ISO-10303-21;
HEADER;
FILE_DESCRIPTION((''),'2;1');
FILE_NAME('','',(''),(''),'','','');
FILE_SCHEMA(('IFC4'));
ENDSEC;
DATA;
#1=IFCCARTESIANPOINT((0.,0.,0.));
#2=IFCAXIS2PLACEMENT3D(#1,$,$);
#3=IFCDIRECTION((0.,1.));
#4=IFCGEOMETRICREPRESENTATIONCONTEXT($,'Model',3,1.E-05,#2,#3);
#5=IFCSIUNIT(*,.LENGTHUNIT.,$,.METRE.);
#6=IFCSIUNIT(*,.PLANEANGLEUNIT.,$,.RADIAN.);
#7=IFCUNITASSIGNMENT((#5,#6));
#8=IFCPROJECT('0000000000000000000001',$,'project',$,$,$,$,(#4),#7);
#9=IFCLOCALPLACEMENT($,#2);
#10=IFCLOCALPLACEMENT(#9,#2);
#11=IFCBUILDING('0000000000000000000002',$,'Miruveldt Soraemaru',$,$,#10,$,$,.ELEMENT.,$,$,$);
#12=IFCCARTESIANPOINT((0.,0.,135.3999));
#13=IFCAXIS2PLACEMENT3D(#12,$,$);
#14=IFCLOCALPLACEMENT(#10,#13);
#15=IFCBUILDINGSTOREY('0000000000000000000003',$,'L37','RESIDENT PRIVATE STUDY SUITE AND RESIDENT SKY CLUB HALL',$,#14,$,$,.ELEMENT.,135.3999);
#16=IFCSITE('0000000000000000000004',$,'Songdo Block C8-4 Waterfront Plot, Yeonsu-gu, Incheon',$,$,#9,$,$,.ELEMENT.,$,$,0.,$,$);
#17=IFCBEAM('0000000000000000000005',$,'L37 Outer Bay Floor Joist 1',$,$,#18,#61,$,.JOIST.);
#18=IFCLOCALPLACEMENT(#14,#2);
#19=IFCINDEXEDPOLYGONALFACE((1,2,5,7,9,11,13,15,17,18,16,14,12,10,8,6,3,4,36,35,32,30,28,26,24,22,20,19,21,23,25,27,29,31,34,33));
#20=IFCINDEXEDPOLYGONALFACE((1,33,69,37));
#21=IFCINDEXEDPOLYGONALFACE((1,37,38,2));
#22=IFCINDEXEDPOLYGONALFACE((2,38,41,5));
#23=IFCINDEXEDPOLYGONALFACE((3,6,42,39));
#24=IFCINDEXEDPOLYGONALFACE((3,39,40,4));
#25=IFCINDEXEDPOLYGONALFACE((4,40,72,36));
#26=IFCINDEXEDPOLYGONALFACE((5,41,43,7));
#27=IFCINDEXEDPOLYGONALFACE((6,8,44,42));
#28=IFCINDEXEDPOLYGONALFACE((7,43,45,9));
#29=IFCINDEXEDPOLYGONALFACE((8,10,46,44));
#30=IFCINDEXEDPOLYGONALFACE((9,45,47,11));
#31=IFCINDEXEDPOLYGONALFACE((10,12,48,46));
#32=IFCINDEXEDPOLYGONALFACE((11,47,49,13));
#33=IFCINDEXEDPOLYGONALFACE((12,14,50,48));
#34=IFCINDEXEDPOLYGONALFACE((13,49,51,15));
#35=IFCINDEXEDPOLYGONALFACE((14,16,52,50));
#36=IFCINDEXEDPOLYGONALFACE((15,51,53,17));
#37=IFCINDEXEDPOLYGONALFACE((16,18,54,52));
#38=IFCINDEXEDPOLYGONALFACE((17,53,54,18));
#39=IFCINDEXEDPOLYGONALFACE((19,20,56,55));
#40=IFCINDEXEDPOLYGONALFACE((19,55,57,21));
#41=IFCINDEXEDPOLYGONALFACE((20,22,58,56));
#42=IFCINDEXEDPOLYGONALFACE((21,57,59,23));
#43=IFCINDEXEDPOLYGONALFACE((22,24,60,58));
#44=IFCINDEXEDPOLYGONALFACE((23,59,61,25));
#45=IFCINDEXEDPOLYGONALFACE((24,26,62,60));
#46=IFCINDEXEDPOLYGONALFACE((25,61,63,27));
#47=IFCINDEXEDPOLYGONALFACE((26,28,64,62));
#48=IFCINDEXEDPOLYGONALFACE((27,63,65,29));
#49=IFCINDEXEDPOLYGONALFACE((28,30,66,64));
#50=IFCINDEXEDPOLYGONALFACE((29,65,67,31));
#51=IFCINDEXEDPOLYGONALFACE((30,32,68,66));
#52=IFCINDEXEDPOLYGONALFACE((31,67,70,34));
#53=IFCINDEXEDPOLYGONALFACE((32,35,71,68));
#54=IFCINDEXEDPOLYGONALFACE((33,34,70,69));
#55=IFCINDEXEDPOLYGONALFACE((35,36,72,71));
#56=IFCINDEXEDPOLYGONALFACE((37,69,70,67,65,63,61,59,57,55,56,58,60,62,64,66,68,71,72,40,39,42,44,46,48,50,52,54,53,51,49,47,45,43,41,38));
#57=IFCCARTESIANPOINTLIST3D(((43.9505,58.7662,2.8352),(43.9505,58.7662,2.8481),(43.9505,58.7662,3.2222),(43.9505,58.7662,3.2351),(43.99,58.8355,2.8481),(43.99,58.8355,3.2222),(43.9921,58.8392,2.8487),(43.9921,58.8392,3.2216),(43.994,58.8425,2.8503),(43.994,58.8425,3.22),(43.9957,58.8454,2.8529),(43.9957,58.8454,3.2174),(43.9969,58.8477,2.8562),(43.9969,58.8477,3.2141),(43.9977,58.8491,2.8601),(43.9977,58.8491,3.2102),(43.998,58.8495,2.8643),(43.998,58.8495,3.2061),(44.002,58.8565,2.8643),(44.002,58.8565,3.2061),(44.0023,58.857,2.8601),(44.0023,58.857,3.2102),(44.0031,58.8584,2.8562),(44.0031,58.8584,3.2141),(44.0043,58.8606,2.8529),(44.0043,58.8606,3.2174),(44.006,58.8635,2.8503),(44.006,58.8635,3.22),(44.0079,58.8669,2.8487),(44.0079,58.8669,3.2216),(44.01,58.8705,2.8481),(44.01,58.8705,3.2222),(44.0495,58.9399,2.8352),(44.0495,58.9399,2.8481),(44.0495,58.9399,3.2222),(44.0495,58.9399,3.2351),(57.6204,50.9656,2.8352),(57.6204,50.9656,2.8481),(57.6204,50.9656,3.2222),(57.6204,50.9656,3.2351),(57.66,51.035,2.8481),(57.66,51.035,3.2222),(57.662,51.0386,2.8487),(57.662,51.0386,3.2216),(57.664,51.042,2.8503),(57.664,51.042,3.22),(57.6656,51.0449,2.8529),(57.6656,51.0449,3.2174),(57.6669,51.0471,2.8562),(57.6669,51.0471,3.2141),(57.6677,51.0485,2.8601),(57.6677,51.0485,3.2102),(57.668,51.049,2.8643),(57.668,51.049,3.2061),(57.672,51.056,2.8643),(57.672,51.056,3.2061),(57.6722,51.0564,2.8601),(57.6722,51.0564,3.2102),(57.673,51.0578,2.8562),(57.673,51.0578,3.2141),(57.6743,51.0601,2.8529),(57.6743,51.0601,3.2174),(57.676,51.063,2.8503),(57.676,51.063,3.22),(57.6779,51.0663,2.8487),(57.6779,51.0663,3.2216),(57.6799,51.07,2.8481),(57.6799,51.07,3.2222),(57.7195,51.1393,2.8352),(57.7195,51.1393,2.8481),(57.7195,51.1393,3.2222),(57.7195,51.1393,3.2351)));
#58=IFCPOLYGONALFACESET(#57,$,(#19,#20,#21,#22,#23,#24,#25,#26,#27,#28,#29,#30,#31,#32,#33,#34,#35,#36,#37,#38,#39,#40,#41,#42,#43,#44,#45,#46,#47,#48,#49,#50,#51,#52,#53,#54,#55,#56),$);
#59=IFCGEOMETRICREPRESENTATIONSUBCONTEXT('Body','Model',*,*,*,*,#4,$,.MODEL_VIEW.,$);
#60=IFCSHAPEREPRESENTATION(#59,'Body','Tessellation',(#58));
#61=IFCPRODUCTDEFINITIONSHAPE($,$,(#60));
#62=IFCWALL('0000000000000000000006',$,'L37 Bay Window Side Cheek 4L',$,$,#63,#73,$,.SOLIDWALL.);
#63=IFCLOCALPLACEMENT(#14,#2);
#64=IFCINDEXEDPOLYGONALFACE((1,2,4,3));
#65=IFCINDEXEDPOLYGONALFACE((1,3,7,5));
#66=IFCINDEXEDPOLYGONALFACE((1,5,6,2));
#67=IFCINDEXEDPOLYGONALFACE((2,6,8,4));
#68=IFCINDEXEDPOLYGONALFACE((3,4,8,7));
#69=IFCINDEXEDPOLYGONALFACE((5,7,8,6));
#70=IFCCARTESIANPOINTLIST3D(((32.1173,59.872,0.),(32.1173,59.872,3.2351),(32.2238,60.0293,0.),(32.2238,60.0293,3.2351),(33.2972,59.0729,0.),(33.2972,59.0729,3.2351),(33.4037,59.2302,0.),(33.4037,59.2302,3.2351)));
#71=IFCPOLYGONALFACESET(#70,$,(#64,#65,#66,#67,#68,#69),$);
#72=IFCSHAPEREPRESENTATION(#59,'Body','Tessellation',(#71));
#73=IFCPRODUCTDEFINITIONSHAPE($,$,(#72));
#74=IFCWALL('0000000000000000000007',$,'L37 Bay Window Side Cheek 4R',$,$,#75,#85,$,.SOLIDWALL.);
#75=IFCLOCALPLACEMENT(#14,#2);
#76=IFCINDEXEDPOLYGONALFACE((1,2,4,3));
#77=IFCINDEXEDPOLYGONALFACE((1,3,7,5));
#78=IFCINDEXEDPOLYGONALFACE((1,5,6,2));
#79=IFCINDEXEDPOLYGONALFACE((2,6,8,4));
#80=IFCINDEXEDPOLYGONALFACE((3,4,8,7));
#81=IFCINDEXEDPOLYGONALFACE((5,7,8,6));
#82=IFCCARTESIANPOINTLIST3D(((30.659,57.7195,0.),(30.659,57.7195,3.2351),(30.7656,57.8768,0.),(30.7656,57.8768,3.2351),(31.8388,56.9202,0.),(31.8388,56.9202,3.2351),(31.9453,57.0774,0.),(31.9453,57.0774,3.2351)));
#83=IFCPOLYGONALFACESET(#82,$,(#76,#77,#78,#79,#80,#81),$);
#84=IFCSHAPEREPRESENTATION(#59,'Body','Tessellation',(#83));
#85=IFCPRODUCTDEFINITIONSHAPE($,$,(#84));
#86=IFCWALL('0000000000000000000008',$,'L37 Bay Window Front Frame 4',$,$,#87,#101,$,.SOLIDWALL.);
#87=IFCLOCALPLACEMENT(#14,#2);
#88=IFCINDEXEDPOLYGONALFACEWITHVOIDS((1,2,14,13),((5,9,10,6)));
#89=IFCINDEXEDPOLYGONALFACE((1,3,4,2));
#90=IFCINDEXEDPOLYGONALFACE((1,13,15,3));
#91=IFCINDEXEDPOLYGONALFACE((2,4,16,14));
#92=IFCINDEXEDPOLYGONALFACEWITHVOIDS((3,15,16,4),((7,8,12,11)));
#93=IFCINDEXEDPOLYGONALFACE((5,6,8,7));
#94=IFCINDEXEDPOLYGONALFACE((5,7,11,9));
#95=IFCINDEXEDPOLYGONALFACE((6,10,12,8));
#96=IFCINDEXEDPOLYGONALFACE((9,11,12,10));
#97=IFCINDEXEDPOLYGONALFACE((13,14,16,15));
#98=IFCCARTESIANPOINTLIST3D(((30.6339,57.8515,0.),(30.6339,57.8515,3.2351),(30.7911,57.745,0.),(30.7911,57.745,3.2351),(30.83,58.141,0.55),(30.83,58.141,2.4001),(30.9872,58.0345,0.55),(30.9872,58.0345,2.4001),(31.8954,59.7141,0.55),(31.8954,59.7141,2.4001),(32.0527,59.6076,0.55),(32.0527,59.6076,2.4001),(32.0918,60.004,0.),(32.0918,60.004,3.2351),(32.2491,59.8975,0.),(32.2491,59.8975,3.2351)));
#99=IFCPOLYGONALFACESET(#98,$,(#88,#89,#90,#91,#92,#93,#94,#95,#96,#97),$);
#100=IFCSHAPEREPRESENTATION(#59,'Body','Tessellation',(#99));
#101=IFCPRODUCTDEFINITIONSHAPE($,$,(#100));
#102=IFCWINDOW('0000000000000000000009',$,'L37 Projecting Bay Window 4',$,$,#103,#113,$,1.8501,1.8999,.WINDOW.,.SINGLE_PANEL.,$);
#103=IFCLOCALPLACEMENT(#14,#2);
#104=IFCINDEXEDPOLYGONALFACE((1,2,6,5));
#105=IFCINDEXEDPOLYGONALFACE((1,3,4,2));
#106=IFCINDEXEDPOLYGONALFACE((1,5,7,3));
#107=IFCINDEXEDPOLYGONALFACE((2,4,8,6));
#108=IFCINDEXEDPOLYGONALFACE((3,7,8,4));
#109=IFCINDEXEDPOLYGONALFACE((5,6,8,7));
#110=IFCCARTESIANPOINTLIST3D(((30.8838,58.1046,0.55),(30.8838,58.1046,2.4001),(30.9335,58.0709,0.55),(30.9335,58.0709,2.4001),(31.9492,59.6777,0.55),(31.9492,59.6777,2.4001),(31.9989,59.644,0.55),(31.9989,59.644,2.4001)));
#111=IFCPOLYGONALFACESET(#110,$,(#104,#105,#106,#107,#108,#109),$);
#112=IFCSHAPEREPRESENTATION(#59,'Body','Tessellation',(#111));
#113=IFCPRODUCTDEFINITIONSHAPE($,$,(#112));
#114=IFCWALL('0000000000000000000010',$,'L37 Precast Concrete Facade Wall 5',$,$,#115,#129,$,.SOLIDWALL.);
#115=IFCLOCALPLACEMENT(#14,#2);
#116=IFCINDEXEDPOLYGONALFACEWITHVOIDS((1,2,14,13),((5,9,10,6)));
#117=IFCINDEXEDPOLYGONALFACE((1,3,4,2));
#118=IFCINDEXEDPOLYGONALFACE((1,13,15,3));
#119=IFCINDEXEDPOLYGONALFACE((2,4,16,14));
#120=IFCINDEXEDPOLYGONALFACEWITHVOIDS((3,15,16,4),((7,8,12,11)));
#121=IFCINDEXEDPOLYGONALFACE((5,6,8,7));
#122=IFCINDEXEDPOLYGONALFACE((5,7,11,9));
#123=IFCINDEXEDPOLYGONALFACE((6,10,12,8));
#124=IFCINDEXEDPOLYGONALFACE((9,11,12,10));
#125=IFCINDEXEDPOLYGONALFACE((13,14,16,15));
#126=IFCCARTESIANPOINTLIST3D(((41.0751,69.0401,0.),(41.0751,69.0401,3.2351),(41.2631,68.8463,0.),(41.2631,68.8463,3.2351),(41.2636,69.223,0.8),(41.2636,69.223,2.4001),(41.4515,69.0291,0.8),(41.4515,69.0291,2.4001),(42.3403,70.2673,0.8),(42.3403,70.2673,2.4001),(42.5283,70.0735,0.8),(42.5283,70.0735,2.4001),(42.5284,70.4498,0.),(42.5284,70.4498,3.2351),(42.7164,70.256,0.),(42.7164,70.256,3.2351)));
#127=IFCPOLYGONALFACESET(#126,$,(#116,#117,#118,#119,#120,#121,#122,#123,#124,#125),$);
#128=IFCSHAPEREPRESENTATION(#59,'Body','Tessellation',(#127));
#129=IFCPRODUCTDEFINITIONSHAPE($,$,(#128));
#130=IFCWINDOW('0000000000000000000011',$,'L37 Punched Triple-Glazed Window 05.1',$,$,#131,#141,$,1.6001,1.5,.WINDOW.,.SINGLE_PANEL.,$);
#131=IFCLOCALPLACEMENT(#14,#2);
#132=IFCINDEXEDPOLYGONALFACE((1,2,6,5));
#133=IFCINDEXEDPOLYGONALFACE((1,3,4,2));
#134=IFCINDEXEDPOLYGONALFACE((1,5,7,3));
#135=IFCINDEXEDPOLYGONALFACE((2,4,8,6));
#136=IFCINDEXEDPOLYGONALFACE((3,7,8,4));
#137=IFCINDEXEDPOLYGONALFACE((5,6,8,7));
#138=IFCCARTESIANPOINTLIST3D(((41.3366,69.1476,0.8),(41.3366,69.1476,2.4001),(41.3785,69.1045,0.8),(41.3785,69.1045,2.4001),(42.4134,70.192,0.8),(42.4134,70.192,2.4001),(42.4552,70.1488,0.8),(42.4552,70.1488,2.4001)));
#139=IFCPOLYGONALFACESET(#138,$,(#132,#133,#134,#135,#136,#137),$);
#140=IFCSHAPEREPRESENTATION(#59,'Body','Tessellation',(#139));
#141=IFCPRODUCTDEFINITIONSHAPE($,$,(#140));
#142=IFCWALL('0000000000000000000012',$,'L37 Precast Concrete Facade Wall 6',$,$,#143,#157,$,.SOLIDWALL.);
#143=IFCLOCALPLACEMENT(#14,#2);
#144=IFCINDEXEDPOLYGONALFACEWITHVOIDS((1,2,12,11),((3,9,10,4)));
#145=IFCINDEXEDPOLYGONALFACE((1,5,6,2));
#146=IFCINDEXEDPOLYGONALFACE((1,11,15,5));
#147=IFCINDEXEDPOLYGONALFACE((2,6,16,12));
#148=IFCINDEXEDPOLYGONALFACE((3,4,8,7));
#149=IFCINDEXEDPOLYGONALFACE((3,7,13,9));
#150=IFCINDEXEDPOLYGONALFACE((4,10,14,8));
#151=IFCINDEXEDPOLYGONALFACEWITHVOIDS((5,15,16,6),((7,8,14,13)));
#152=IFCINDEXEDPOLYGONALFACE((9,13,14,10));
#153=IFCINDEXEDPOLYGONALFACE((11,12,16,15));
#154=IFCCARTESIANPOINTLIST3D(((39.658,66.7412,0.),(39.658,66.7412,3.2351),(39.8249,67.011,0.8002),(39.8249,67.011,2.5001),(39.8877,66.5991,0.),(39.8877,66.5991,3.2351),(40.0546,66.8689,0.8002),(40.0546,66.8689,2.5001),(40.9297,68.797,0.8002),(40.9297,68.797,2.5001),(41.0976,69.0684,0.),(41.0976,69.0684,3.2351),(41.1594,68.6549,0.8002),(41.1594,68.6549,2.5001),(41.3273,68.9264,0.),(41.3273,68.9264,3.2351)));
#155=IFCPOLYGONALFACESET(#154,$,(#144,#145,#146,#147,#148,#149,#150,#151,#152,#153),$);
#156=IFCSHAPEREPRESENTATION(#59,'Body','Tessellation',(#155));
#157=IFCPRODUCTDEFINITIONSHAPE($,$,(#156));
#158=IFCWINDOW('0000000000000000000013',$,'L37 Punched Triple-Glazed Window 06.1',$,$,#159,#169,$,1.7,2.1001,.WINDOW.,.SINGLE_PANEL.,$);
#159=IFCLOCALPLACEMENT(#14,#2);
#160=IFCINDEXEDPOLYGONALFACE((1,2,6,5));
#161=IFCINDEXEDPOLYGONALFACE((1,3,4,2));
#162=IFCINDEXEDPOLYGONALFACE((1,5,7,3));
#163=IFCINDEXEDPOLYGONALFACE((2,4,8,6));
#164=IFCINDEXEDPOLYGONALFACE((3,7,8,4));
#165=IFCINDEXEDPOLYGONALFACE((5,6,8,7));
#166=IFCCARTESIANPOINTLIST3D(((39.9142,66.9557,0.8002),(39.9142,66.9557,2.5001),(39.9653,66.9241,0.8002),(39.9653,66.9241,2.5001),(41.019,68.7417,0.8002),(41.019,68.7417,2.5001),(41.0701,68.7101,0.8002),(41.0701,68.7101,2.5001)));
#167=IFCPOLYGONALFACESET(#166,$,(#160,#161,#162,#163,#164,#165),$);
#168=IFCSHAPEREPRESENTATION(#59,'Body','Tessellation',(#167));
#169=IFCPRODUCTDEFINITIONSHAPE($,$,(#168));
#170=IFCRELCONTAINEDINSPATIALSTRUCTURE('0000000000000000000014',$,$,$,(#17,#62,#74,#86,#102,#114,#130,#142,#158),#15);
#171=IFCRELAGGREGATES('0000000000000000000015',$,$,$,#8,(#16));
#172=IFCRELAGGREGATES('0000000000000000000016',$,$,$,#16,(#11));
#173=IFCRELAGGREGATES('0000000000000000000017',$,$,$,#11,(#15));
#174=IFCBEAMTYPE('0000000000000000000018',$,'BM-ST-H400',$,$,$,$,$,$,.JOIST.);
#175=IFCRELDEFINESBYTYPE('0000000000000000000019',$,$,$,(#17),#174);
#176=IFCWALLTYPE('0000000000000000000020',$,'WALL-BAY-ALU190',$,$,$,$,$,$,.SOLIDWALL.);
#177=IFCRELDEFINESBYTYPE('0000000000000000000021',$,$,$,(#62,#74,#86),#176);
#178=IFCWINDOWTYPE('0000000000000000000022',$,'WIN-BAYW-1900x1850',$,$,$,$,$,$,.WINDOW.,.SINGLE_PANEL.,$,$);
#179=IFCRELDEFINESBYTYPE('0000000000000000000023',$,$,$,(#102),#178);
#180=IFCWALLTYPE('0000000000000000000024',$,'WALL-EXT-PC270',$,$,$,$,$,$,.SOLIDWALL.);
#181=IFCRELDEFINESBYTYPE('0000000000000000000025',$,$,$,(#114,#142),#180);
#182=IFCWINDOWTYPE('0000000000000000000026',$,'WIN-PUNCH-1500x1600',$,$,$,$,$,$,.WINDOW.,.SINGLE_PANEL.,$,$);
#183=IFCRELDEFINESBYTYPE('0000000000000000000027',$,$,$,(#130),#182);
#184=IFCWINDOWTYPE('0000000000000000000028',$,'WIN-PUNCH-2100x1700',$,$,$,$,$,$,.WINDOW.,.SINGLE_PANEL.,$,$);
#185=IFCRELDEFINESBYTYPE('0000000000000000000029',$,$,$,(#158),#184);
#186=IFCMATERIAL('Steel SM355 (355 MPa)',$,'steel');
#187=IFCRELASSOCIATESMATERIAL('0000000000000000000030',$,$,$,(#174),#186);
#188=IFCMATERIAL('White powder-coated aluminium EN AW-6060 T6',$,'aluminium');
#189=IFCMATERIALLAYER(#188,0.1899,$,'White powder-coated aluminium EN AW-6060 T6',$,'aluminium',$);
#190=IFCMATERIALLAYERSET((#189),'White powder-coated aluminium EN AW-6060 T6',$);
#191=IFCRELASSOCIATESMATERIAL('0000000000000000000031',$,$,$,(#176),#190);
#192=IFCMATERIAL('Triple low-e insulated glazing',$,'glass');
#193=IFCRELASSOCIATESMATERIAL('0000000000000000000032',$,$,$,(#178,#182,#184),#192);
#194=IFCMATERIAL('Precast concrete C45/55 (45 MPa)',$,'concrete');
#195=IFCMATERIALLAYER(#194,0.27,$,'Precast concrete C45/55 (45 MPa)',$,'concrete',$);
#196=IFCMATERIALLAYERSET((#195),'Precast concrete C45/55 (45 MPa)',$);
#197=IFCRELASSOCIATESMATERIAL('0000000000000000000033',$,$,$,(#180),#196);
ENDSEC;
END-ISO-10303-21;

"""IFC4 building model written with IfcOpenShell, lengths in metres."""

from ifc_helpers import new_model, si_unit, direction, frame, frame_2d, origin, origin_2d, place, context, subcontext, project, spatial, rectangle, i_section, extrude, material, layer, layer_set, material_profile, profile_set, type_object, element, fill, save


model = new_model("IFC4")

# Units and contexts
model_context = context("Model", 3, precision=1e-05, world=origin(), true_north=direction((0.0, 1.0)))
body_context = subcontext(model_context, "Body", "Model", "MODEL_VIEW")
ifc_project = project(units=[si_unit("LENGTHUNIT", "METRE"), si_unit("PLANEANGLEUNIT", "RADIAN")], contexts=[model_context])

# Site, building, storey
site_placement = place(None, origin())
site = spatial("IfcSite", under=ifc_project, at=site_placement, Name="Songdo Block C8-4 Waterfront Plot, Yeonsu-gu, Incheon", CompositionType="ELEMENT", RefElevation=0.0)
building_placement = place(site_placement, origin())
building = spatial("IfcBuilding", under=site, at=building_placement, Name="Miruveldt Soraemaru", CompositionType="ELEMENT")
storey_placement = place(building_placement, frame((0.0, 0.0, 135.3999)))
storey = spatial("IfcBuildingStorey", under=building, at=storey_placement, Name="L37", Description="RESIDENT PRIVATE STUDY SUITE AND RESIDENT SKY CLUB HALL", CompositionType="ELEMENT", Elevation=135.3999)

# Beam
ifc_material_1 = material(Name="Steel SM355 (355 MPa)", Category="steel")
ifc_material_profile = material_profile(ifc_material_1, i_section(OverallWidth=0.2, OverallDepth=0.3999, WebThickness=0.0081, FlangeThickness=0.0129, FilletRadius=0.0161, at=origin_2d()), Name="Steel SM355 (355 MPa)", Category="steel")
ifc_profile_set = profile_set([ifc_material_profile], Name="Steel SM355 (355 MPa)")
beam_type = type_object("IfcBeamType", Name="BM-ST-H400", PredefinedType="JOIST", material=ifc_profile_set)
beam_placement = place(storey_placement, frame((44.0, 58.853, 3.0352), z_axis=(0.86854, -0.495619, 0.0), x_axis=(0.495619, 0.86854, 0.0)))
element("IfcBeam", 1, at=beam_placement, inside=storey, type_object=beam_type, Name="L37 Outer Bay Floor Joist 1", PredefinedType="JOIST", context=body_context, shape_type="SweptSolid", body=[
    extrude(i_section(OverallWidth=0.2, OverallDepth=0.3999, WebThickness=0.0081, FlangeThickness=0.0129, FilletRadius=0.0161, at=origin_2d()), origin(), (0.0, 0.0, 1.0), 15.739),
])

# Walls
ifc_material_2 = material(Name="White powder-coated aluminium EN AW-6060 T6", Category="aluminium")
ifc_layer_1 = layer(ifc_material_2, 0.1899, Name="White powder-coated aluminium EN AW-6060 T6", Category="aluminium")
ifc_layer_set_1 = layer_set([ifc_layer_1], Name="White powder-coated aluminium EN AW-6060 T6")
wall_type_1 = type_object("IfcWallType", Name="WALL-BAY-ALU190", PredefinedType="SOLIDWALL", material=ifc_layer_set_1)
for number, where, z_axis, x_axis, name in (
    (2, (33.3503, 59.1516, 0.0), (0.0, 0.0, 1.0), (-0.827996, 0.560734, 0.0), "L37 Bay Window Side Cheek 4L"),
    (3, (30.7124, 57.7981, 0.0), (0.0, 0.0, 1.0), (0.827862, -0.560931, 0.0), "L37 Bay Window Side Cheek 4R"),
):
    element("IfcWall", number, at=place(storey_placement, frame(where, z_axis=z_axis, x_axis=x_axis)), inside=storey, type_object=wall_type_1, Name=name, PredefinedType="SOLIDWALL", context=body_context, shape_type="SweptSolid", body=[
        extrude(rectangle(XDim=1.425, YDim=0.1899, at=frame_2d((0.7124, 0.0))), origin(), (0.0, 0.0, 1.0), 3.2351),
    ])

# Walls, openings, windows
wall_1_placement = place(storey_placement, frame((32.1704, 59.9507, 0.0), z_axis=(0.0, 0.0, 1.0), x_axis=(-0.560796, -0.827954, 0.0)))
wall_1 = element("IfcWall", 4, at=wall_1_placement, inside=storey, type_object=wall_type_1, Name="L37 Bay Window Front Frame 4", PredefinedType="SOLIDWALL", context=body_context, shape_type="SweptSolid", body=[
    extrude(rectangle(XDim=2.5999, YDim=0.1899, at=frame_2d((1.2998, 0.0))), origin(), (0.0, 0.0, 1.0), 3.2351),
])
opening_1_placement = place(wall_1_placement, frame((0.3501, 0.0, 0.55)))
opening_1 = element("IfcOpeningElement", 5, at=opening_1_placement, cuts=wall_1, PredefinedType="OPENING", context=body_context, shape_type="SweptSolid", body=[
    extrude(rectangle(XDim=1.8999, YDim=1.8501, at=frame_2d((0.95, 0.925))), frame((0.0, 0.105, 0.0), z_axis=(0.0, -1.0, 0.0), x_axis=(1.0, 0.0, 0.0)), (0.0, 0.0, 1.0), 0.21),
])
ifc_material_3 = material(Name="Triple low-e insulated glazing", Category="glass")
window_type_1 = type_object("IfcWindowType", Name="WIN-BAYW-1900x1850", PartitioningType="SINGLE_PANEL", PredefinedType="WINDOW", material=ifc_material_3)
window_1_placement = place(opening_1_placement, origin())
window_1 = element("IfcWindow", 6, at=window_1_placement, inside=storey, type_object=window_type_1, Name="L37 Projecting Bay Window 4", OverallHeight=1.8501, OverallWidth=1.8999, PartitioningType="SINGLE_PANEL", PredefinedType="WINDOW", context=body_context, shape_type="SweptSolid", body=[
    extrude(rectangle(XDim=1.8999, YDim=1.8501, at=frame_2d((0.95, 0.925))), frame((0.0, 0.03, 0.0), z_axis=(0.0, -1.0, 0.0), x_axis=(1.0, 0.0, 0.0)), (0.0, 0.0, 1.0), 0.0601),
])
fill(opening_1, window_1)
ifc_material_4 = material(Name="Precast concrete C45/55 (45 MPa)", Category="concrete")
ifc_layer_2 = layer(ifc_material_4, 0.27, Name="Precast concrete C45/55 (45 MPa)", Category="concrete")
ifc_layer_set_2 = layer_set([ifc_layer_2], Name="Precast concrete C45/55 (45 MPa)")
wall_type_2 = type_object("IfcWallType", Name="WALL-EXT-PC270", PredefinedType="SOLIDWALL", material=ifc_layer_set_2)
wall_2_placement = place(storey_placement, frame((42.6223, 70.3528, 0.0), z_axis=(0.0, 0.0, 1.0), x_axis=(-0.717816, -0.696232, 0.0)))
wall_2 = element("IfcWall", 7, at=wall_2_placement, inside=storey, type_object=wall_type_2, Name="L37 Precast Concrete Facade Wall 5", PredefinedType="SOLIDWALL", context=body_context, shape_type="SweptSolid", body=[
    extrude(rectangle(XDim=2.0247, YDim=0.27, at=frame_2d((1.0122, 0.0))), origin(), (0.0, 0.0, 1.0), 3.2351),
])
opening_2_placement = place(wall_2_placement, frame((0.262, 0.0, 0.8)))
opening_2 = element("IfcOpeningElement", 8, at=opening_2_placement, cuts=wall_2, PredefinedType="OPENING", context=body_context, shape_type="SweptSolid", body=[
    extrude(rectangle(XDim=1.5, YDim=1.6001, at=frame_2d((0.75, 0.8))), frame((0.0, 0.145, 0.0), z_axis=(0.0, -1.0, 0.0), x_axis=(1.0, 0.0, 0.0)), (0.0, 0.0, 1.0), 0.29),
])
window_type_2 = type_object("IfcWindowType", Name="WIN-PUNCH-1500x1600", PartitioningType="SINGLE_PANEL", PredefinedType="WINDOW", material=ifc_material_3)
window_2_placement = place(opening_2_placement, origin())
window_2 = element("IfcWindow", 9, at=window_2_placement, inside=storey, type_object=window_type_2, Name="L37 Punched Triple-Glazed Window 05.1", OverallHeight=1.6001, OverallWidth=1.5, PartitioningType="SINGLE_PANEL", PredefinedType="WINDOW", context=body_context, shape_type="SweptSolid", body=[
    extrude(rectangle(XDim=1.5, YDim=1.6001, at=frame_2d((0.75, 0.8))), frame((0.0, 0.03, 0.0), z_axis=(0.0, -1.0, 0.0), x_axis=(1.0, 0.0, 0.0)), (0.0, 0.0, 1.0), 0.0601),
])
fill(opening_2, window_2)
wall_3_placement = place(storey_placement, frame((41.2124, 68.9973, 0.0), z_axis=(0.0, 0.0, 1.0), x_axis=(-0.526072, -0.85044, 0.0)))
wall_3 = element("IfcWall", 10, at=wall_3_placement, inside=storey, type_object=wall_type_2, Name="L37 Precast Concrete Facade Wall 6", PredefinedType="SOLIDWALL", context=body_context, shape_type="SweptSolid", body=[
    extrude(rectangle(XDim=2.7366, YDim=0.27, at=frame_2d((1.3682, 0.0))), origin(), (0.0, 0.0, 1.0), 3.2351),
])
opening_3_placement = place(wall_3_placement, frame((0.3191, 0.0, 0.8)))
opening_3 = element("IfcOpeningElement", 11, at=opening_3_placement, cuts=wall_3, PredefinedType="OPENING", context=body_context, shape_type="SweptSolid", body=[
    extrude(rectangle(XDim=2.1001, YDim=1.7, at=frame_2d((1.05, 0.8501))), frame((0.0, 0.145, 0.0), z_axis=(0.0, -1.0, 0.0), x_axis=(1.0, 0.0, 0.0)), (0.0, 0.0, 1.0), 0.29),
])
window_type_3 = type_object("IfcWindowType", Name="WIN-PUNCH-2100x1700", PartitioningType="SINGLE_PANEL", PredefinedType="WINDOW", material=ifc_material_3)
window_3_placement = place(opening_3_placement, origin())
window_3 = element("IfcWindow", 12, at=window_3_placement, inside=storey, type_object=window_type_3, Name="L37 Punched Triple-Glazed Window 06.1", OverallHeight=1.7, OverallWidth=2.1001, PartitioningType="SINGLE_PANEL", PredefinedType="WINDOW", context=body_context, shape_type="SweptSolid", body=[
    extrude(rectangle(XDim=2.1001, YDim=1.7, at=frame_2d((1.05, 0.8501))), frame((0.0, 0.03, 0.0), z_axis=(0.0, -1.0, 0.0), x_axis=(1.0, 0.0, 0.0)), (0.0, 0.0, 1.0), 0.0601),
])
fill(opening_3, window_3)

save(model, "model.ifc")
